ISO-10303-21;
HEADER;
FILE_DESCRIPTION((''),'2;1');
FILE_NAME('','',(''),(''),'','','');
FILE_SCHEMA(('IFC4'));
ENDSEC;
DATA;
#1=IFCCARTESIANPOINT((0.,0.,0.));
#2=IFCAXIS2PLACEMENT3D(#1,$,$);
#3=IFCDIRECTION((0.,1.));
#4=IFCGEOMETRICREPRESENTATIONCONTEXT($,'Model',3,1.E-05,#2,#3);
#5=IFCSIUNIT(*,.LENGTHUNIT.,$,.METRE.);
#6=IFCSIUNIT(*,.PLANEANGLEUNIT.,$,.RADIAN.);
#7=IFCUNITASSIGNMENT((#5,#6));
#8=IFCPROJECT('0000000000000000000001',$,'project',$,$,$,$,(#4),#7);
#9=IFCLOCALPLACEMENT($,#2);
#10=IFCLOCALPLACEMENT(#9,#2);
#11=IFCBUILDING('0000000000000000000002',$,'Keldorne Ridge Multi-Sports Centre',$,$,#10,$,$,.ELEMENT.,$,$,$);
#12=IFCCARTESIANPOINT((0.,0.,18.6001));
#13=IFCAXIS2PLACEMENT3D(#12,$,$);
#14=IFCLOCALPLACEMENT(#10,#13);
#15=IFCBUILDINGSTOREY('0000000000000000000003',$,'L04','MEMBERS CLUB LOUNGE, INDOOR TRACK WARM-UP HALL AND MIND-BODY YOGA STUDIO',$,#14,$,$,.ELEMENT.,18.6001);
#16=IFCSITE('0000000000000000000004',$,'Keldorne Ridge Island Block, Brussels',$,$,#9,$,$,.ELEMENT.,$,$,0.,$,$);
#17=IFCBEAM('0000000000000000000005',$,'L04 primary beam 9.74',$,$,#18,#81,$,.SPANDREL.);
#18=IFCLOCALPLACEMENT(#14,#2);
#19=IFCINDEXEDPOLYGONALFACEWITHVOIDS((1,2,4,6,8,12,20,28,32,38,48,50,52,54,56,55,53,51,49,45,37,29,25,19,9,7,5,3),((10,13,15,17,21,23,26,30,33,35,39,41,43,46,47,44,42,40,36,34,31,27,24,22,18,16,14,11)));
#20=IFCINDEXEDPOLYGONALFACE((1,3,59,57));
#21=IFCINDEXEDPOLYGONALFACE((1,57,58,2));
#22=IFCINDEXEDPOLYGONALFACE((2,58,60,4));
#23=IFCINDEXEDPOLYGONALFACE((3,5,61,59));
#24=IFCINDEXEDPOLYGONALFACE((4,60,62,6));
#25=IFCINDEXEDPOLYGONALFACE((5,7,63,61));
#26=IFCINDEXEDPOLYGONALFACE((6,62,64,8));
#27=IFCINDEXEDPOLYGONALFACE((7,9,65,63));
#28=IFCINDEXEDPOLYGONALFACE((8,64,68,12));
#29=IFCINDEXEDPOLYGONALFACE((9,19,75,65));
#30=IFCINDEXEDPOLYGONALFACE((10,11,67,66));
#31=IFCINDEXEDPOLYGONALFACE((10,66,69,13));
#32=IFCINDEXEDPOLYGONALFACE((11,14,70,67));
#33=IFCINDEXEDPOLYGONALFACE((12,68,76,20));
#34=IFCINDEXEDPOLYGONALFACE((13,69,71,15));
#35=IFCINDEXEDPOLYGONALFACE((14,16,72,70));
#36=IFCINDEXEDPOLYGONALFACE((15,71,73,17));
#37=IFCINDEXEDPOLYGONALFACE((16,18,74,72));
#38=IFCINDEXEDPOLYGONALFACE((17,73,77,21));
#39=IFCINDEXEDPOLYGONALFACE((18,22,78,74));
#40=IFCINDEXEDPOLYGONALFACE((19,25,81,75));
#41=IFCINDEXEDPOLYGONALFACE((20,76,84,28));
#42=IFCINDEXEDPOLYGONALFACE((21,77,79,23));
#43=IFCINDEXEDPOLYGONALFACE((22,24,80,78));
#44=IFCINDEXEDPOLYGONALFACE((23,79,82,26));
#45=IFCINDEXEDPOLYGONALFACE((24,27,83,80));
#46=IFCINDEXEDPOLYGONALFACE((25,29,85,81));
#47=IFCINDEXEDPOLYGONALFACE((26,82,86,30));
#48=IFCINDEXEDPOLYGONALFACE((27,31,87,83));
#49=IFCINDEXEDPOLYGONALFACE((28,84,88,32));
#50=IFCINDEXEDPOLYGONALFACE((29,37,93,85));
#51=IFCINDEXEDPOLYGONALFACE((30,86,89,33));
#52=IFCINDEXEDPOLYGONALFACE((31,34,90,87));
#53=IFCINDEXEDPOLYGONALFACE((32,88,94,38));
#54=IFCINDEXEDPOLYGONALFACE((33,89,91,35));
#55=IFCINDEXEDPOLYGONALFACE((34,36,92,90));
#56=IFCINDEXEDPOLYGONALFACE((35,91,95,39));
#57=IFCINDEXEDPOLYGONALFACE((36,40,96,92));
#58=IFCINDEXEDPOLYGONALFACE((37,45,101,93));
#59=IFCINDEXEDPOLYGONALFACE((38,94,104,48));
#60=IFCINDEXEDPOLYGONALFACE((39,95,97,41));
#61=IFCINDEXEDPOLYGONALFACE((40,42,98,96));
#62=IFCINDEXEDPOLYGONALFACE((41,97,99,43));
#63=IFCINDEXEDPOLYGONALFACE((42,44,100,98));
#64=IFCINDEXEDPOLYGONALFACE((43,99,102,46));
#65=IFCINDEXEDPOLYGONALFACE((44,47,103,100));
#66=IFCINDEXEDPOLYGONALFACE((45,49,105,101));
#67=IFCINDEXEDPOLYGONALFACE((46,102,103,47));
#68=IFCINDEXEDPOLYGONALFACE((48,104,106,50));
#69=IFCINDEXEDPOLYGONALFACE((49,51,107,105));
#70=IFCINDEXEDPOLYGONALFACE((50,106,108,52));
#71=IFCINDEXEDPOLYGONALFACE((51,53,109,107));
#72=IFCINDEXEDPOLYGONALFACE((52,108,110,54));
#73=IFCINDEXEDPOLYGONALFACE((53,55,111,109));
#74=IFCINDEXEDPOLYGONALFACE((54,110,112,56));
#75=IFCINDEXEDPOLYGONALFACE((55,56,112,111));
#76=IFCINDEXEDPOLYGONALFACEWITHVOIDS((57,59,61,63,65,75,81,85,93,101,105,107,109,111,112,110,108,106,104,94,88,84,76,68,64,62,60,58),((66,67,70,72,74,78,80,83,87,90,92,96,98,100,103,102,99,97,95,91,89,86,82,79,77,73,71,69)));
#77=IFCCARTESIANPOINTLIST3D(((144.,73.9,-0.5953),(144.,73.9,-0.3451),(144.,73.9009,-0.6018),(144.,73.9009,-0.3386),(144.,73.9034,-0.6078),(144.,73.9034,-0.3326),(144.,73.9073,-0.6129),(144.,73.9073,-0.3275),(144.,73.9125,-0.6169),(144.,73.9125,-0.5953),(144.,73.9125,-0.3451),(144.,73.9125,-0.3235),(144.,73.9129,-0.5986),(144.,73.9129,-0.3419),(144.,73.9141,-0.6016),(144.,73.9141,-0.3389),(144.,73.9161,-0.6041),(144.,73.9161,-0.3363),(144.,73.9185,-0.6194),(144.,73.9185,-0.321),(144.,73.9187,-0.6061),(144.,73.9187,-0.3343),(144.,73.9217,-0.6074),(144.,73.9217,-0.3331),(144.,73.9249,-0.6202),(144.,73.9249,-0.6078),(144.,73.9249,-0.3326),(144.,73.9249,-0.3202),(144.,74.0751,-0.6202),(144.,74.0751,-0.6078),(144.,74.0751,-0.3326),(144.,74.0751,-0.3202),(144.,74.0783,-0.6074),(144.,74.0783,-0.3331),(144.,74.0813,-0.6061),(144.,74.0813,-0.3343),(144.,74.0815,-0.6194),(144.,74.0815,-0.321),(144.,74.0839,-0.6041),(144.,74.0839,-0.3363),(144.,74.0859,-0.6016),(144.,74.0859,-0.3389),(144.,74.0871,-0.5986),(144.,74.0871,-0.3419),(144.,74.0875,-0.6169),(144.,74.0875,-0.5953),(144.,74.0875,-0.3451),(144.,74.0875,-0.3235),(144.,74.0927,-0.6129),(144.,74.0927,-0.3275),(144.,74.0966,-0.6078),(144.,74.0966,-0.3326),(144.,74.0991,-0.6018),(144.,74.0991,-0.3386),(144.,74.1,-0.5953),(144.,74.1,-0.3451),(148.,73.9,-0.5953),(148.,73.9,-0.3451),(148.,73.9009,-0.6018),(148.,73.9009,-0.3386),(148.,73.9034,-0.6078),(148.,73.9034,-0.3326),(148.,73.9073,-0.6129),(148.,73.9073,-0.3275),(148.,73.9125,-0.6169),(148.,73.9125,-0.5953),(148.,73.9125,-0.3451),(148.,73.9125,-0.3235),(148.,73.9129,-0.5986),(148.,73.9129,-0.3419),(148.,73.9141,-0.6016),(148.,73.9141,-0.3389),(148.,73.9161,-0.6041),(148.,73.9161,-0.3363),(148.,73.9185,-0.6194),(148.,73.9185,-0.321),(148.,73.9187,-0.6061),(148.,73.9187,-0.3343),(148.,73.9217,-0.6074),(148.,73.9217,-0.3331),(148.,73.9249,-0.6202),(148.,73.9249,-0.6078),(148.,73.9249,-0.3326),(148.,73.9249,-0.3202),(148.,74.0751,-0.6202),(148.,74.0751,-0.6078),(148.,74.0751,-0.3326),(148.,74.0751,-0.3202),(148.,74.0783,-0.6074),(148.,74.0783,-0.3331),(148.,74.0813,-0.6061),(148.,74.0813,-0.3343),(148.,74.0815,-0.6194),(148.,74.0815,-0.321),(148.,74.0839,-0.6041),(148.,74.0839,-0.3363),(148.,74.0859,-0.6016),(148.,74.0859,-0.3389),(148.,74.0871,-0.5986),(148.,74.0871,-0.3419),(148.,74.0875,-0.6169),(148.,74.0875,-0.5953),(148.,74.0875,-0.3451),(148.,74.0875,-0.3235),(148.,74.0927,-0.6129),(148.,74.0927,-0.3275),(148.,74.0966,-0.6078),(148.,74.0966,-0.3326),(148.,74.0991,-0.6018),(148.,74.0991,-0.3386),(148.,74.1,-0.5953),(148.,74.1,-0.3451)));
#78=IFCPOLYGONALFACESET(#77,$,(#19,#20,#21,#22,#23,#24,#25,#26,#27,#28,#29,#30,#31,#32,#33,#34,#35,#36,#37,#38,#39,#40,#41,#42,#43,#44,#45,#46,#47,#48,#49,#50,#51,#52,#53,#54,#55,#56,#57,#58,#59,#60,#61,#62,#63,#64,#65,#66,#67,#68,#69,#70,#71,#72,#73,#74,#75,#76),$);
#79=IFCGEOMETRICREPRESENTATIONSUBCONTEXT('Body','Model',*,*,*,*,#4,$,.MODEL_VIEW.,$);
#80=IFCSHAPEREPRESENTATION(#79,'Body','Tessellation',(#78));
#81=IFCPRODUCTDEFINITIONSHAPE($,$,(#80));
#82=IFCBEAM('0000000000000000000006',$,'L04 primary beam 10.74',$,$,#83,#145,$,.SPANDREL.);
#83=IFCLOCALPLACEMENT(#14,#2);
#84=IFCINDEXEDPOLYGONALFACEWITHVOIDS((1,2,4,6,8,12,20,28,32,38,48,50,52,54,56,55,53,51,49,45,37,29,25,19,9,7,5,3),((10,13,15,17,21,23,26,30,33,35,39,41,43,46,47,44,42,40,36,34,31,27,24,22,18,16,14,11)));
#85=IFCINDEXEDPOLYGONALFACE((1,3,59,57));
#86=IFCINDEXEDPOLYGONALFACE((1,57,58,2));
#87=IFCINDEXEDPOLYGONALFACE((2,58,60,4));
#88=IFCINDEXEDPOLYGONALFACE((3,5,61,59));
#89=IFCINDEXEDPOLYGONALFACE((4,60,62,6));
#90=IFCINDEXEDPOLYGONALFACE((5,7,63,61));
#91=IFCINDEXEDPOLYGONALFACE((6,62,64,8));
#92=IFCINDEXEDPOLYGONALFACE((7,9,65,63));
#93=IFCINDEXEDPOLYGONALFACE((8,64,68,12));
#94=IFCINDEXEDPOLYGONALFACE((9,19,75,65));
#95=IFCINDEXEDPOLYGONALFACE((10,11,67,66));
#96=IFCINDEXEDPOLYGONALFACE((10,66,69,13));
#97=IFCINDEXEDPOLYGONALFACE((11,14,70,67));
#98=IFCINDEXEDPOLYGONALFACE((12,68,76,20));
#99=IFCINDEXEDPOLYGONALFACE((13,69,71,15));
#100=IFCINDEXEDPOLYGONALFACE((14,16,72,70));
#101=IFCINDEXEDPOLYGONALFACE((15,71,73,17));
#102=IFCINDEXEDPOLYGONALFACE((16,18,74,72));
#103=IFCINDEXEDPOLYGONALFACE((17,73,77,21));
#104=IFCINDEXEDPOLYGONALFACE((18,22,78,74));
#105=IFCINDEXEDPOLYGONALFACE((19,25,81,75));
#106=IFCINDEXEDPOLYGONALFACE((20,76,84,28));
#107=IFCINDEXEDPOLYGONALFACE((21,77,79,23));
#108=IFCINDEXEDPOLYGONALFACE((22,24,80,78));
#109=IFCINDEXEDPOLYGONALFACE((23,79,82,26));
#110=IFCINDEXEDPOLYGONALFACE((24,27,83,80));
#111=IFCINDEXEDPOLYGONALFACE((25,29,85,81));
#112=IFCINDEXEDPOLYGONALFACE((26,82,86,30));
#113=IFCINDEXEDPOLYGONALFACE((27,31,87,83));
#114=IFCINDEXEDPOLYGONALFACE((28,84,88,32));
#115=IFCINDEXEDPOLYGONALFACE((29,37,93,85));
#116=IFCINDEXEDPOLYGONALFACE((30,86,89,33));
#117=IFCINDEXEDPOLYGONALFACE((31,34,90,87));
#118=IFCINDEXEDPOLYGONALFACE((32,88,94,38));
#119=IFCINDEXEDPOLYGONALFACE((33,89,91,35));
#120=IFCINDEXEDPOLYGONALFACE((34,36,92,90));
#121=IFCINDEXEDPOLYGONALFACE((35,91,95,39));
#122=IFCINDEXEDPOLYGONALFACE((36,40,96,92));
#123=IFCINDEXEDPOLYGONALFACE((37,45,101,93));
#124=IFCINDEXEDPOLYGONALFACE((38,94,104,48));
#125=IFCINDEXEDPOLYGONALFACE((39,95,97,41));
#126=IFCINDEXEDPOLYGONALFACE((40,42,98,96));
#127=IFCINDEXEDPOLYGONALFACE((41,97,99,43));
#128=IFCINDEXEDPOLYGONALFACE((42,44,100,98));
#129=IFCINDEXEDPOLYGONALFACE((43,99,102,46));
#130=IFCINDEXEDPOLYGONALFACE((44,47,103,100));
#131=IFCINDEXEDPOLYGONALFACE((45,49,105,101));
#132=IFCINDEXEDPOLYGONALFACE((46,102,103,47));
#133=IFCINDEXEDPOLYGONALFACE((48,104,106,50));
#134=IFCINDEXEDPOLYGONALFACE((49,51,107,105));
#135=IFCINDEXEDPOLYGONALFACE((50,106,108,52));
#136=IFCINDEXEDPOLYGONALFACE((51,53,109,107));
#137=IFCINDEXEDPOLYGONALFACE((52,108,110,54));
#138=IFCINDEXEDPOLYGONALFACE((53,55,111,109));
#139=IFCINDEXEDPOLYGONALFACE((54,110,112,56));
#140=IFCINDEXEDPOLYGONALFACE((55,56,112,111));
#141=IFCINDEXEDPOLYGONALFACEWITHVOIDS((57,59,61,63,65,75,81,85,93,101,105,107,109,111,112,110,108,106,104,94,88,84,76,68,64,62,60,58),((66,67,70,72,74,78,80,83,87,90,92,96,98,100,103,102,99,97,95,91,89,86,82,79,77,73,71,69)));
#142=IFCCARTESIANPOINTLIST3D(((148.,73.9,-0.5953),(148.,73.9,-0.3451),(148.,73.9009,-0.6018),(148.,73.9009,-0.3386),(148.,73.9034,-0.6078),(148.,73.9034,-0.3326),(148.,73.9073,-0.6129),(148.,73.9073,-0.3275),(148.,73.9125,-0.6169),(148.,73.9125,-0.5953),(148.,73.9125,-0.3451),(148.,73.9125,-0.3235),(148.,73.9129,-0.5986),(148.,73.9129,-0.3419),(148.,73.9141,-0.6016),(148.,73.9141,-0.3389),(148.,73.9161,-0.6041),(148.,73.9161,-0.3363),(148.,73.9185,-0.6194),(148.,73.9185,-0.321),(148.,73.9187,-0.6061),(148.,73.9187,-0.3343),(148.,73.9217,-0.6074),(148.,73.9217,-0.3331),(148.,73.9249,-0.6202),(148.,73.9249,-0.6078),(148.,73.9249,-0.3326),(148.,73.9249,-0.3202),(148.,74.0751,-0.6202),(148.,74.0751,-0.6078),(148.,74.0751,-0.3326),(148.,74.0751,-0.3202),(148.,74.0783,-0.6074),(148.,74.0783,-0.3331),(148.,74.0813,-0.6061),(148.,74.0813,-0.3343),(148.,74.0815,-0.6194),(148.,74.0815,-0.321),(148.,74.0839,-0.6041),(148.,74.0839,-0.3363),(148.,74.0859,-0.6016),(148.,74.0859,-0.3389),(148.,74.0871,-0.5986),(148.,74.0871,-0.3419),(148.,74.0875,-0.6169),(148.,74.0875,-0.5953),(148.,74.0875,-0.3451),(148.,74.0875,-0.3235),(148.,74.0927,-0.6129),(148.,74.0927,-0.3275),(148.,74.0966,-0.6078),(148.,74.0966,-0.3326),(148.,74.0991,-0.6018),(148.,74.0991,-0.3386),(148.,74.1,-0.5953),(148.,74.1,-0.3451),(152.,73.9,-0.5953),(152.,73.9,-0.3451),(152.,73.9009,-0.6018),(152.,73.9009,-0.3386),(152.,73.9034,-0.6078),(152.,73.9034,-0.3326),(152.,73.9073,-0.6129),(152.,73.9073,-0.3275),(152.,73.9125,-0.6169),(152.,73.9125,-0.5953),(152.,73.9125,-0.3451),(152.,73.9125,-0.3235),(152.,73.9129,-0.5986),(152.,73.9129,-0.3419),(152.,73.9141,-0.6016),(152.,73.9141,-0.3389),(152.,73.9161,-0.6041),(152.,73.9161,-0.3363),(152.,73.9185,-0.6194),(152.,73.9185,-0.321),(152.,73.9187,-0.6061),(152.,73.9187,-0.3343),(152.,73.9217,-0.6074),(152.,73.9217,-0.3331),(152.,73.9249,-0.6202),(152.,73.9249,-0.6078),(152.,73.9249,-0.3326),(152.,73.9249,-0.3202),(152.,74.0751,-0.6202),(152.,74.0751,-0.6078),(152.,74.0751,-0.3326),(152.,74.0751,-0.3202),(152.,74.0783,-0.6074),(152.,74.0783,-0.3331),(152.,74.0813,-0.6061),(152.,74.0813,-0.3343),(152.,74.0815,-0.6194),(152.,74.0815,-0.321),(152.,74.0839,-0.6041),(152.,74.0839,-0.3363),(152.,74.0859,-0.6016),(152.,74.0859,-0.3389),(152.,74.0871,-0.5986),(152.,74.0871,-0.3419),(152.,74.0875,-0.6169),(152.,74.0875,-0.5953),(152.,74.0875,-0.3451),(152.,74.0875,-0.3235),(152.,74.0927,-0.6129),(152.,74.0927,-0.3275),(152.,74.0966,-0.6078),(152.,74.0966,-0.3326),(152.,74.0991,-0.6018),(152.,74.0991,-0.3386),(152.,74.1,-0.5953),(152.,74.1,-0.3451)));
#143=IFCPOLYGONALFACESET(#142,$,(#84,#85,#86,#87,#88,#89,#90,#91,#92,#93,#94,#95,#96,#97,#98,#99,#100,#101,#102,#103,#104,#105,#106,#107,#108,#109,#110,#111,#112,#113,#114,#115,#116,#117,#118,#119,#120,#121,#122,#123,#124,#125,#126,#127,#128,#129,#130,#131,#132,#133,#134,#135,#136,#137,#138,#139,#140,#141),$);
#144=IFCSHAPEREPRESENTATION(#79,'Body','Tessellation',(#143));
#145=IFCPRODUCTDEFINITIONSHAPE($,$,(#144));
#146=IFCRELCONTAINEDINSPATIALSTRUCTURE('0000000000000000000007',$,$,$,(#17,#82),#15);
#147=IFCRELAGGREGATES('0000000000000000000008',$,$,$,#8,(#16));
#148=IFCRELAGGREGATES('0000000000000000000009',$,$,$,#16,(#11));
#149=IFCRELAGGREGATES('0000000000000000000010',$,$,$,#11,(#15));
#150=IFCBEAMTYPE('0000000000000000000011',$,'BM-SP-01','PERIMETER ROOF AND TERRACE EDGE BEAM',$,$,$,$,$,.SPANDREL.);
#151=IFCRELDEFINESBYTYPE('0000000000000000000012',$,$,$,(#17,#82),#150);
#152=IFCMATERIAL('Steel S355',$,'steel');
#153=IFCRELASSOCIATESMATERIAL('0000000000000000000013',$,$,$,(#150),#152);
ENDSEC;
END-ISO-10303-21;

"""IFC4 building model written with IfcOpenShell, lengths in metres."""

from ifc_helpers import new_model, si_unit, direction, frame, origin, origin_2d, place, context, subcontext, project, spatial, hollow_rectangle, extrude, material, material_profile, profile_set, type_object, element, save


model = new_model("IFC4")

# Units and contexts
model_context = context("Model", 3, precision=1e-05, world=origin(), true_north=direction((0.0, 1.0)))
body_context = subcontext(model_context, "Body", "Model", "MODEL_VIEW")
ifc_project = project(units=[si_unit("LENGTHUNIT", "METRE"), si_unit("PLANEANGLEUNIT", "RADIAN")], contexts=[model_context])

# Site, building, storey
site_placement = place(None, origin())
site = spatial("IfcSite", under=ifc_project, at=site_placement, Name="Keldorne Ridge Island Block, Brussels", CompositionType="ELEMENT", RefElevation=0.0)
building_placement = place(site_placement, origin())
building = spatial("IfcBuilding", under=site, at=building_placement, Name="Keldorne Ridge Multi-Sports Centre", CompositionType="ELEMENT")
storey_placement = place(building_placement, frame((0.0, 0.0, 18.6001)))
storey = spatial("IfcBuildingStorey", under=building, at=storey_placement, Name="L04", Description="MEMBERS CLUB LOUNGE, INDOOR TRACK WARM-UP HALL AND MIND-BODY YOGA STUDIO", CompositionType="ELEMENT", Elevation=18.6001)

# Shared definitions
ifc_material_1 = material(Name="Steel S355", Category="steel")

# Beams
ifc_material_profile_1 = material_profile(ifc_material_1, hollow_rectangle(XDim=0.2, YDim=0.3, WallThickness=0.0125, InnerFilletRadius=0.0125, OuterFilletRadius=0.0249, at=origin_2d()), Name="RHS 300x200x12.5")
ifc_profile_set_1 = profile_set([ifc_material_profile_1], Name="Steel S355")
beam_type_1 = type_object("IfcBeamType", Name="BM-SP-01", Description="PERIMETER ROOF AND TERRACE EDGE BEAM", PredefinedType="SPANDREL", material=ifc_profile_set_1)
for number, where, z_axis, x_axis, name in (
    (1, (144.0, 74.0, -0.4702), (1.0, 0.0, 0.0), (0.0, 1.0, 0.0), "L04 primary beam 9.74"),
    (2, (148.0, 74.0, -0.4702), (1.0, 0.0, 0.0), (0.0, 1.0, 0.0), "L04 primary beam 10.74"),
):
    element("IfcBeam", number, at=place(storey_placement, frame(where, z_axis=z_axis, x_axis=x_axis)), inside=storey, type_object=beam_type_1, Name=name, PredefinedType="SPANDREL", context=body_context, shape_type="SweptSolid", body=[
        extrude(hollow_rectangle(XDim=0.2, YDim=0.3, WallThickness=0.0125, InnerFilletRadius=0.0125, OuterFilletRadius=0.0249, at=origin_2d()), origin(), (0.0, 0.0, 1.0), 4.0),
    ])

save(model, "model.ifc")
